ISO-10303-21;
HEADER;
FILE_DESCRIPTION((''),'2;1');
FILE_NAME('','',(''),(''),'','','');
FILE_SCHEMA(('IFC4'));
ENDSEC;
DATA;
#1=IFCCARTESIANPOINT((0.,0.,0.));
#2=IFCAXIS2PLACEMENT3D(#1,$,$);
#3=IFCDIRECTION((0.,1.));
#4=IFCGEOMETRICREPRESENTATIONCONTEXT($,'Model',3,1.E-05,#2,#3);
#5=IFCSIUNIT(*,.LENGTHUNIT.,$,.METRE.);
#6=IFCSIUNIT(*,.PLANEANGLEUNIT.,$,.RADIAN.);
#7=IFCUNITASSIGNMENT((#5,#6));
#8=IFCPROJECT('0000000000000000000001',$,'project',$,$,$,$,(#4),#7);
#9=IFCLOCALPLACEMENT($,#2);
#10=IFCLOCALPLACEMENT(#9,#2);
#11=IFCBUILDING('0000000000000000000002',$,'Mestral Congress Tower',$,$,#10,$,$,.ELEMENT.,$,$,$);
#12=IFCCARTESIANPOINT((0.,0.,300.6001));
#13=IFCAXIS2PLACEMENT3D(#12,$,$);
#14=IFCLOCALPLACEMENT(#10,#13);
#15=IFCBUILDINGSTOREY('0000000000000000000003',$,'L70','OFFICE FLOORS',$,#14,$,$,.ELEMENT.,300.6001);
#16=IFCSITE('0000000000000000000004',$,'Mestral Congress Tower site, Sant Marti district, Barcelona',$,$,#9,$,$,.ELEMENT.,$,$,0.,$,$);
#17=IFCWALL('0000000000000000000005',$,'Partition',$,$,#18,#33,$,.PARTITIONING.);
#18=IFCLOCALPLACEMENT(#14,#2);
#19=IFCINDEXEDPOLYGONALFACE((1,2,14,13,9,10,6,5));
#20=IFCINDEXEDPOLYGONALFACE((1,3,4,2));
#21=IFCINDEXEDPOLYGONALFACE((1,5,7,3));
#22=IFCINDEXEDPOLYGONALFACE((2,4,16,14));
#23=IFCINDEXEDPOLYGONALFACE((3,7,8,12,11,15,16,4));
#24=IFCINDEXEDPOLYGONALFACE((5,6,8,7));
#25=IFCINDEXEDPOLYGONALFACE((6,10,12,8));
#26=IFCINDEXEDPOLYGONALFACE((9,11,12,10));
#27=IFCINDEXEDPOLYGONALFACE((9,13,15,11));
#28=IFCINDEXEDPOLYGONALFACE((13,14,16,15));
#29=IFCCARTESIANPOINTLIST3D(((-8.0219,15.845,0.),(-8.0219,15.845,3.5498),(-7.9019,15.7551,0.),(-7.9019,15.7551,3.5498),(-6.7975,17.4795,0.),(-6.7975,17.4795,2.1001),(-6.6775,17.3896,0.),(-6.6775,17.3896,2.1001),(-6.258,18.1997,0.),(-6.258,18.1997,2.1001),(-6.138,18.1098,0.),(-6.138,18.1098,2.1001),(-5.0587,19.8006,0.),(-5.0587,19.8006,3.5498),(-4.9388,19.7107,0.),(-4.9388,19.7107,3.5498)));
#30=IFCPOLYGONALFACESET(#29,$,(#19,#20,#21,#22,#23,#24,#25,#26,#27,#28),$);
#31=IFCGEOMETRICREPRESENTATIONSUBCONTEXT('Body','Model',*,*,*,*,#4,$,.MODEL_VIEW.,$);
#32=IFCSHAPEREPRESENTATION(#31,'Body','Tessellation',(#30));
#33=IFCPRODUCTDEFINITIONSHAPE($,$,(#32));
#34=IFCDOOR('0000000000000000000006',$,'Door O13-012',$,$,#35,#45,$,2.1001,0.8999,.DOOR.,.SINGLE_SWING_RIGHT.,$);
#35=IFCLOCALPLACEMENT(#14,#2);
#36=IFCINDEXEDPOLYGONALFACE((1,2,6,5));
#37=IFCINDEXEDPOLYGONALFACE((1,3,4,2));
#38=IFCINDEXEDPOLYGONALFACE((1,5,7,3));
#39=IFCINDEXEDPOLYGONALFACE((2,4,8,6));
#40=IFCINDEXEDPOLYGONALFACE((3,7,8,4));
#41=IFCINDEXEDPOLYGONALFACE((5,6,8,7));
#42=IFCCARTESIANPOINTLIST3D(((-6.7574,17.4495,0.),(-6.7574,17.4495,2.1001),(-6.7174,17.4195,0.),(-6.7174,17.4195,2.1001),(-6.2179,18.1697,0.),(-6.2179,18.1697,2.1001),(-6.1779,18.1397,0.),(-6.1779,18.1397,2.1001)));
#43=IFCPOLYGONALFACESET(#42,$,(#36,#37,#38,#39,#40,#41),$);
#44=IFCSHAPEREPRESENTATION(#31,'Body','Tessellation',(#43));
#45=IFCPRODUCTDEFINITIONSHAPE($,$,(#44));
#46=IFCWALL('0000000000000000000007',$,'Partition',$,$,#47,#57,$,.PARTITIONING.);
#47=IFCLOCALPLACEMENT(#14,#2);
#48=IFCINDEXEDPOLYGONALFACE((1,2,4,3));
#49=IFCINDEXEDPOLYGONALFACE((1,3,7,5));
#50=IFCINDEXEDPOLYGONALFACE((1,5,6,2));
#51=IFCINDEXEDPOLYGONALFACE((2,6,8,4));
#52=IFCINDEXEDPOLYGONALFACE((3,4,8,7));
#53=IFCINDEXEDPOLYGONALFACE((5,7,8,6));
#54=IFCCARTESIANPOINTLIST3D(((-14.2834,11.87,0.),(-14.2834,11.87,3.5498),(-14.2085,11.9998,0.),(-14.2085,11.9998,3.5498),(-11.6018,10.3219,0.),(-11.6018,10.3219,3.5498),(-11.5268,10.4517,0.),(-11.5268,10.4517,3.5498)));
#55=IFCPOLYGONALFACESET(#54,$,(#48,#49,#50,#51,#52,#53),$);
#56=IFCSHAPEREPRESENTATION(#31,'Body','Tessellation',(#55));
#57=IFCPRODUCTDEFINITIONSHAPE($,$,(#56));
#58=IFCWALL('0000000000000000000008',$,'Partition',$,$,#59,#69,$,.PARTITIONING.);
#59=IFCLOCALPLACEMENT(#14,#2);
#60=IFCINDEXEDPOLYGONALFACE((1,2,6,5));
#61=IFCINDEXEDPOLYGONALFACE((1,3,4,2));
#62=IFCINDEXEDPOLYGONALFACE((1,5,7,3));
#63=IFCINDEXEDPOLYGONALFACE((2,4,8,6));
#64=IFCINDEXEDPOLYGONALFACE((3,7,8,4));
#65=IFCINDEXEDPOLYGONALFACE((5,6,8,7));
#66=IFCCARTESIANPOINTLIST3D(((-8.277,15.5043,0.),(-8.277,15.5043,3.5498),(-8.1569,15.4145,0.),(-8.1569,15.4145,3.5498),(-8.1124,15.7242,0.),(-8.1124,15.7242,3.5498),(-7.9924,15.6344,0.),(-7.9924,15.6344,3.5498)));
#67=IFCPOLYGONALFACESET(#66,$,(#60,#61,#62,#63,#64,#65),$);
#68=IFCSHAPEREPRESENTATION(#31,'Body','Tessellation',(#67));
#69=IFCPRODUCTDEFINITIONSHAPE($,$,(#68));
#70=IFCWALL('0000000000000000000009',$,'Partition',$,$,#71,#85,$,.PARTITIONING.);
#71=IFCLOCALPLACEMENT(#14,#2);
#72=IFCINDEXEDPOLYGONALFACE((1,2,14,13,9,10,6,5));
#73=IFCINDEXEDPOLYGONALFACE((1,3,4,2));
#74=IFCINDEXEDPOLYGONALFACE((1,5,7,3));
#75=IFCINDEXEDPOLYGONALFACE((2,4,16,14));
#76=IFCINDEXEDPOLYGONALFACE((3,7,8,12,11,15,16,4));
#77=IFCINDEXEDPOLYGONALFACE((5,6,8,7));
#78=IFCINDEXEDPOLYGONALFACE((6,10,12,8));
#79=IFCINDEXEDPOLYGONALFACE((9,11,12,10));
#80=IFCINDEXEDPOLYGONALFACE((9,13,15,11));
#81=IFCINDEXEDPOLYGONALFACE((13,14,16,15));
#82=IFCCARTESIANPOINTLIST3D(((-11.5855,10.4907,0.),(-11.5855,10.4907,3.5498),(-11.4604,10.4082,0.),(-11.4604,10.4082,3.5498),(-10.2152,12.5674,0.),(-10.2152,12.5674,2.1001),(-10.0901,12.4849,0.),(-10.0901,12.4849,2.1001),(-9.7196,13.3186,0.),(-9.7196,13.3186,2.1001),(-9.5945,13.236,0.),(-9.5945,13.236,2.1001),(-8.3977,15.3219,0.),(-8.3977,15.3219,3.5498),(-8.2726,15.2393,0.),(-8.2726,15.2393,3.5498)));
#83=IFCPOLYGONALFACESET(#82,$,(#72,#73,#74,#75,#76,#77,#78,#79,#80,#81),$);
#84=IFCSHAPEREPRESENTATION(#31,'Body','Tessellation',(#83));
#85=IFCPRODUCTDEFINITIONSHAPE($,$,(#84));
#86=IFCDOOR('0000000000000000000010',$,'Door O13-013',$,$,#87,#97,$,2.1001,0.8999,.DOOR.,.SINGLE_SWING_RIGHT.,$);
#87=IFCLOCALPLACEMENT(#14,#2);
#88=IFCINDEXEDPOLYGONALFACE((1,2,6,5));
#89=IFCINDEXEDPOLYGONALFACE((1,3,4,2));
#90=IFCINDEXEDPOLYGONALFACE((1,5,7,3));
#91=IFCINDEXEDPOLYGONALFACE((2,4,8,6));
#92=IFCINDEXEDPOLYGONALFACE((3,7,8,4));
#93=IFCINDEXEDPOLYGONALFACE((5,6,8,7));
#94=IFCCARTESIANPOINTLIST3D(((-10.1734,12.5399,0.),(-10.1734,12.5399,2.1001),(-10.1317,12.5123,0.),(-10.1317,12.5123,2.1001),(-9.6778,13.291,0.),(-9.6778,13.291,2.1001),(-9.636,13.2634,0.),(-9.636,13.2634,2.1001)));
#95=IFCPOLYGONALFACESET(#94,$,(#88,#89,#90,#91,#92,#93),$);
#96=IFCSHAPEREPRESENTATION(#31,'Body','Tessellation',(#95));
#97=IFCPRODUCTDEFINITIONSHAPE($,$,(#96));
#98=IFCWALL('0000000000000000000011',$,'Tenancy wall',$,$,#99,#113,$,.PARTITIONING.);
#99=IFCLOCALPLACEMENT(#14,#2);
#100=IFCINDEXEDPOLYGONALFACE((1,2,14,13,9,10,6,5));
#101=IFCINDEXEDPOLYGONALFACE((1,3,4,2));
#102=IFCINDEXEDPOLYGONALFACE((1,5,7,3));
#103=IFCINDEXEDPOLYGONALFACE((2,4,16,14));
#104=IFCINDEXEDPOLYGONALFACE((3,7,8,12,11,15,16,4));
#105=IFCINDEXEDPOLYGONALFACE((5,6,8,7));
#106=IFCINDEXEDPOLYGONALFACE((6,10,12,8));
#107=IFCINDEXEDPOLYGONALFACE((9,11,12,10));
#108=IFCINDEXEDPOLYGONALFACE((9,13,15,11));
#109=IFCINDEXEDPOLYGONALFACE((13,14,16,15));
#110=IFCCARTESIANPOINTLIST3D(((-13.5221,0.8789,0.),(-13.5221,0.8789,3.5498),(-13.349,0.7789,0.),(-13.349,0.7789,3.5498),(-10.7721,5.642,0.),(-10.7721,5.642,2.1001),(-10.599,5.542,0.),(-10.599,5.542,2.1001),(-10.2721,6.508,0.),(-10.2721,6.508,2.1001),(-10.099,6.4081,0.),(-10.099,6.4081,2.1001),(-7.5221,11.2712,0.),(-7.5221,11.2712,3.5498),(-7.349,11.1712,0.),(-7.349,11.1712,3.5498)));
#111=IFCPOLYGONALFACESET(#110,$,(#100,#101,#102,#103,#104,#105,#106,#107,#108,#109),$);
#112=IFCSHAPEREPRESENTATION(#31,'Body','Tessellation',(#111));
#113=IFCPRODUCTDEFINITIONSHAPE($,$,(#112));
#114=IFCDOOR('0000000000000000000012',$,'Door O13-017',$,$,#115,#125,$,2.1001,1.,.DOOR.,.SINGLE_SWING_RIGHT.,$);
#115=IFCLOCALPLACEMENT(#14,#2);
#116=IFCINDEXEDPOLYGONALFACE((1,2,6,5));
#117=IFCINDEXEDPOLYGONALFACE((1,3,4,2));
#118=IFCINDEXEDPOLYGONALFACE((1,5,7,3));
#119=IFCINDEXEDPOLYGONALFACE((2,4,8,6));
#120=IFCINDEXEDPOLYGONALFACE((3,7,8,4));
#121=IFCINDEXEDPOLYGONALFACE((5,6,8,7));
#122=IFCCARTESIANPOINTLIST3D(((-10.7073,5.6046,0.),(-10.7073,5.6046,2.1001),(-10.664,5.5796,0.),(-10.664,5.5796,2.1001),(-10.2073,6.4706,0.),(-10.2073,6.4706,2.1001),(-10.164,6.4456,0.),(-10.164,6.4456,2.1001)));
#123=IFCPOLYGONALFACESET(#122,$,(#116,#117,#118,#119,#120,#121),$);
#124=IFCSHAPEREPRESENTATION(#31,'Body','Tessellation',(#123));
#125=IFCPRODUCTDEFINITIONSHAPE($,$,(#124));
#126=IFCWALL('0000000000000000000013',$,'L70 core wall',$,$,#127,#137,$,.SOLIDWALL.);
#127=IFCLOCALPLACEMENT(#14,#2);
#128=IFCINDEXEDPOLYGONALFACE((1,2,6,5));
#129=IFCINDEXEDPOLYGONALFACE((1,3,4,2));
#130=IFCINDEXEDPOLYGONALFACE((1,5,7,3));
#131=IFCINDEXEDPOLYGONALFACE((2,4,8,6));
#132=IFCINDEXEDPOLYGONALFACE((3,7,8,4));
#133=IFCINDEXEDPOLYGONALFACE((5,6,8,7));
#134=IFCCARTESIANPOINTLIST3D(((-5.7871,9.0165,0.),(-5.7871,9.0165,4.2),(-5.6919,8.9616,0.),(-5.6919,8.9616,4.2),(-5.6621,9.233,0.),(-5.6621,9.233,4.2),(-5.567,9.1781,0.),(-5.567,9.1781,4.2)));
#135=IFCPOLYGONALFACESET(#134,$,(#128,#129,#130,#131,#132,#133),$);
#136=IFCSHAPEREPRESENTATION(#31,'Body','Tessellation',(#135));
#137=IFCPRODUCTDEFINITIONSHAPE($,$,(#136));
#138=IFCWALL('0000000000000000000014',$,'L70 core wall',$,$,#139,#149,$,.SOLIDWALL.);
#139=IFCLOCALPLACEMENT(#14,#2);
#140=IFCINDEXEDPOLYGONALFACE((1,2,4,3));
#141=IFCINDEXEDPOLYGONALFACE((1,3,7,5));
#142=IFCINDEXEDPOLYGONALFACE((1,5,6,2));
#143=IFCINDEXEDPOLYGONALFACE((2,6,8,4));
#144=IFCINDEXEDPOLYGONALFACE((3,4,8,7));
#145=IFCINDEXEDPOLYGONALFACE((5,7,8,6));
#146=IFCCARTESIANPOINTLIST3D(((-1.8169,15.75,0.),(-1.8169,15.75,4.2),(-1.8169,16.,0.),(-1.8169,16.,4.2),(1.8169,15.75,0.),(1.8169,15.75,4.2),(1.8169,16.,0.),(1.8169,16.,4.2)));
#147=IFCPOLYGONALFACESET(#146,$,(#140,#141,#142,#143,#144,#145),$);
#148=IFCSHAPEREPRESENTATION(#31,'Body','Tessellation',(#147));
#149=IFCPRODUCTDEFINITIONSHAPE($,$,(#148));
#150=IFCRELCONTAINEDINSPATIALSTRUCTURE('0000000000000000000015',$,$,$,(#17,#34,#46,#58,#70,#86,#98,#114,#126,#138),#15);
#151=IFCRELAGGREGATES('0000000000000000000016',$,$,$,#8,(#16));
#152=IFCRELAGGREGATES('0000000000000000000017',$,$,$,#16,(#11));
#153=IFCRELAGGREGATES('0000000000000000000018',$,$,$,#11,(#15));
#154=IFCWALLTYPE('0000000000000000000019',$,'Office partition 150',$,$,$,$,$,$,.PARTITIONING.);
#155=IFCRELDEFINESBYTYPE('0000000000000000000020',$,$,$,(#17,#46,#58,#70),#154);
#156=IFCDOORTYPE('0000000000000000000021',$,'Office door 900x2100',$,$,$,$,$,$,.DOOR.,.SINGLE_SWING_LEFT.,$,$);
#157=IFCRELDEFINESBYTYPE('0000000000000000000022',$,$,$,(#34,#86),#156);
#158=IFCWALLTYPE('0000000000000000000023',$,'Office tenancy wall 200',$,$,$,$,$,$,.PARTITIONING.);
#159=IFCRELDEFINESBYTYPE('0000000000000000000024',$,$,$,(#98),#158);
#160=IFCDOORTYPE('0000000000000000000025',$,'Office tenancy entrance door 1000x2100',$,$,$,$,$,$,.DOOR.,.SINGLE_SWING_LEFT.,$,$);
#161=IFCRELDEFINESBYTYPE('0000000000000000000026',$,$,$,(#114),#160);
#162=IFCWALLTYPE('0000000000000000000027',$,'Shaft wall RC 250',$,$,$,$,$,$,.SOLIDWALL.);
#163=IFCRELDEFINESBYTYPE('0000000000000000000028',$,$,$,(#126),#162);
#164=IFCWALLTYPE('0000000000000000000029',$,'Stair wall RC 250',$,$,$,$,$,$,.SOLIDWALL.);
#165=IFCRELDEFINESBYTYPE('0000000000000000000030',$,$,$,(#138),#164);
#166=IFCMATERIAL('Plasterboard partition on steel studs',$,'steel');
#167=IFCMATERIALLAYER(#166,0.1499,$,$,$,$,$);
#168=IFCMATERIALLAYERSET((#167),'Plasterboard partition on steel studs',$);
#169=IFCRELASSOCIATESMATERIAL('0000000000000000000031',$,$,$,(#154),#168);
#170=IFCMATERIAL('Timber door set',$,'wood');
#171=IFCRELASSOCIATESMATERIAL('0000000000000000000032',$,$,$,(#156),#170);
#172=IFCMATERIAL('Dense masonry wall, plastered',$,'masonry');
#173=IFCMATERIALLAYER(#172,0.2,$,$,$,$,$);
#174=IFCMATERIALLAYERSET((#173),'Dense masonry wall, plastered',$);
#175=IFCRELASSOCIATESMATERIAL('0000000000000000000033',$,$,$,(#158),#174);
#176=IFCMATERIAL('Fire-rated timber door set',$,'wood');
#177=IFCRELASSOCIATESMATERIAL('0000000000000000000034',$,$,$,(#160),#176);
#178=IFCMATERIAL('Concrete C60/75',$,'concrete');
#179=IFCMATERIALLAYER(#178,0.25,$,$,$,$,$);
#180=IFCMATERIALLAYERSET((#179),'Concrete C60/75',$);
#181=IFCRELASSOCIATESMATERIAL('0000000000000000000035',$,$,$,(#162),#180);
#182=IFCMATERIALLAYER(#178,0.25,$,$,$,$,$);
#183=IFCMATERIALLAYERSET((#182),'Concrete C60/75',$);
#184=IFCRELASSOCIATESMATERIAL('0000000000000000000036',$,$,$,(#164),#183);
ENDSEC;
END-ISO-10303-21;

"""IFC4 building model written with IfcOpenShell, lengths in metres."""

from ifc_helpers import new_model, si_unit, direction, frame, frame_2d, origin, place, context, subcontext, project, spatial, rectangle, extrude, material, layer, layer_set, type_object, element, fill, save


model = new_model("IFC4")

# Units and contexts
model_context = context("Model", 3, precision=1e-05, world=origin(), true_north=direction((0.0, 1.0)))
body_context = subcontext(model_context, "Body", "Model", "MODEL_VIEW")
ifc_project = project(units=[si_unit("LENGTHUNIT", "METRE"), si_unit("PLANEANGLEUNIT", "RADIAN")], contexts=[model_context])

# Site, building, storey
site_placement = place(None, origin())
site = spatial("IfcSite", under=ifc_project, at=site_placement, Name="Mestral Congress Tower site, Sant Marti district, Barcelona", CompositionType="ELEMENT", RefElevation=0.0)
building_placement = place(site_placement, origin())
building = spatial("IfcBuilding", under=site, at=building_placement, Name="Mestral Congress Tower", CompositionType="ELEMENT")
storey_placement = place(building_placement, frame((0.0, 0.0, 300.6001)))
storey = spatial("IfcBuildingStorey", under=building, at=storey_placement, Name="L70", Description="OFFICE FLOORS", CompositionType="ELEMENT", Elevation=300.6001)

# Shared definitions
ifc_material_1 = material(Name="Concrete C60/75", Category="concrete")

# Shared definitions
ifc_material_2 = material(Name="Plasterboard partition on steel studs", Category="steel")
ifc_layer_1 = layer(ifc_material_2, 0.1499)
ifc_layer_set_1 = layer_set([ifc_layer_1], Name="Plasterboard partition on steel studs")
wall_type_1 = type_object("IfcWallType", Name="Office partition 150", PredefinedType="PARTITIONING", material=ifc_layer_set_1)

# Wall, opening, door
wall_1_placement = place(storey_placement, frame((-7.9619, 15.8, 0.0), z_axis=(0.0, 0.0, 1.0), x_axis=(0.599541, 0.800344, 0.0)))
wall_1 = element("IfcWall", 1, at=wall_1_placement, inside=storey, type_object=wall_type_1, Name="Partition", PredefinedType="PARTITIONING", context=body_context, shape_type="SweptSolid", body=[
    extrude(rectangle(XDim=4.9424, YDim=0.1499, at=frame_2d((2.4712, 0.0))), origin(), (0.0, 0.0, 1.0), 3.5498),
])
opening_1_placement = place(wall_1_placement, frame((2.0422, 0.0, 0.0)))
opening_1 = element("IfcOpeningElement", 2, at=opening_1_placement, cuts=wall_1, PredefinedType="OPENING", context=body_context, shape_type="SweptSolid", body=[
    extrude(rectangle(XDim=0.8999, YDim=2.1001, at=frame_2d((0.45, 1.05))), frame((0.0, 0.085, 0.0), z_axis=(0.0, -1.0, 0.0), x_axis=(1.0, 0.0, 0.0)), (0.0, 0.0, 1.0), 0.1699),
])
ifc_material_3 = material(Name="Timber door set", Category="wood")
door_type_1 = type_object("IfcDoorType", Name="Office door 900x2100", OperationType="SINGLE_SWING_LEFT", PredefinedType="DOOR", material=ifc_material_3)
door_1_placement = place(opening_1_placement, origin())
door_1 = element("IfcDoor", 3, at=door_1_placement, inside=storey, type_object=door_type_1, Name="Door O13-012", OperationType="SINGLE_SWING_RIGHT", OverallHeight=2.1001, OverallWidth=0.8999, PredefinedType="DOOR", context=body_context, shape_type="SweptSolid", body=[
    extrude(rectangle(XDim=0.8999, YDim=2.1001, at=frame_2d((0.45, 1.05))), frame((0.0, 0.0249, 0.0), z_axis=(0.0, -1.0, 0.0), x_axis=(1.0, 0.0, 0.0)), (0.0, 0.0, 1.0), 0.05),
])
fill(opening_1, door_1)

# Walls
wall_2_placement = place(storey_placement, frame((-11.5642, 10.3867, 0.0), z_axis=(0.0, 0.0, 1.0), x_axis=(-0.866046, 0.499964, 0.0)))
element("IfcWall", 4, at=wall_2_placement, inside=storey, type_object=wall_type_1, Name="Partition", PredefinedType="PARTITIONING", context=body_context, shape_type="SweptSolid", body=[
    extrude(rectangle(XDim=3.0964, YDim=0.1499, at=frame_2d((1.5483, 0.0))), origin(), (0.0, 0.0, 1.0), 3.5498),
])
wall_3_placement = place(storey_placement, frame((-8.0525, 15.6792, 0.0), z_axis=(0.0, 0.0, 1.0), x_axis=(-0.599004, -0.800746, 0.0)))
element("IfcWall", 5, at=wall_3_placement, inside=storey, type_object=wall_type_1, Name="Partition", PredefinedType="PARTITIONING", context=body_context, shape_type="SweptSolid", body=[
    extrude(rectangle(XDim=0.2747, YDim=0.1499, at=frame_2d((0.1372, 0.0))), origin(), (0.0, 0.0, 1.0), 3.5498),
])

# Walls, openings, doors
wall_4_placement = place(storey_placement, frame((-11.5229, 10.4495, 0.0), z_axis=(0.0, 0.0, 1.0), x_axis=(0.550752, 0.834669, 0.0)))
wall_4 = element("IfcWall", 6, at=wall_4_placement, inside=storey, type_object=wall_type_1, Name="Partition", PredefinedType="PARTITIONING", context=body_context, shape_type="SweptSolid", body=[
    extrude(rectangle(XDim=5.7881, YDim=0.1499, at=frame_2d((2.894, 0.0))), origin(), (0.0, 0.0, 1.0), 3.5498),
])
opening_2_placement = place(wall_4_placement, frame((2.488, 0.0, 0.0)))
opening_2 = element("IfcOpeningElement", 7, at=opening_2_placement, cuts=wall_4, PredefinedType="OPENING", context=body_context, shape_type="SweptSolid", body=[
    extrude(rectangle(XDim=0.8999, YDim=2.1001, at=frame_2d((0.45, 1.05))), frame((0.0, 0.085, 0.0), z_axis=(0.0, -1.0, 0.0), x_axis=(1.0, 0.0, 0.0)), (0.0, 0.0, 1.0), 0.1699),
])
door_2_placement = place(opening_2_placement, origin())
door_2 = element("IfcDoor", 8, at=door_2_placement, inside=storey, type_object=door_type_1, Name="Door O13-013", OperationType="SINGLE_SWING_RIGHT", OverallHeight=2.1001, OverallWidth=0.8999, PredefinedType="DOOR", context=body_context, shape_type="SweptSolid", body=[
    extrude(rectangle(XDim=0.8999, YDim=2.1001, at=frame_2d((0.45, 1.05))), frame((0.0, 0.0249, 0.0), z_axis=(0.0, -1.0, 0.0), x_axis=(1.0, 0.0, 0.0)), (0.0, 0.0, 1.0), 0.05),
])
fill(opening_2, door_2)
ifc_material_4 = material(Name="Dense masonry wall, plastered", Category="masonry")
ifc_layer_2 = layer(ifc_material_4, 0.2)
ifc_layer_set_2 = layer_set([ifc_layer_2], Name="Dense masonry wall, plastered")
wall_type_2 = type_object("IfcWallType", Name="Office tenancy wall 200", PredefinedType="PARTITIONING", material=ifc_layer_set_2)
wall_5_placement = place(storey_placement, frame((-7.4355, 11.2212, 0.0), z_axis=(0.0, 0.0, 1.0), x_axis=(-0.499999, -0.866026, 0.0)))
wall_5 = element("IfcWall", 9, at=wall_5_placement, inside=storey, type_object=wall_type_2, Name="Tenancy wall", PredefinedType="PARTITIONING", context=body_context, shape_type="SweptSolid", body=[
    extrude(rectangle(XDim=12.0, YDim=0.2, at=frame_2d((6.0, 0.0))), origin(), (0.0, 0.0, 1.0), 3.5498),
])
opening_3_placement = place(wall_5_placement, frame((5.5, 0.0, 0.0)))
opening_3 = element("IfcOpeningElement", 10, at=opening_3_placement, cuts=wall_5, PredefinedType="OPENING", context=body_context, shape_type="SweptSolid", body=[
    extrude(rectangle(XDim=1.0, YDim=2.1001, at=frame_2d((0.5, 1.05))), frame((0.0, 0.1099, 0.0), z_axis=(0.0, -1.0, 0.0), x_axis=(1.0, 0.0, 0.0)), (0.0, 0.0, 1.0), 0.22),
])
ifc_material_5 = material(Name="Fire-rated timber door set", Category="wood")
door_type_2 = type_object("IfcDoorType", Name="Office tenancy entrance door 1000x2100", OperationType="SINGLE_SWING_LEFT", PredefinedType="DOOR", material=ifc_material_5)
door_3_placement = place(opening_3_placement, origin())
door_3 = element("IfcDoor", 11, at=door_3_placement, inside=storey, type_object=door_type_2, Name="Door O13-017", OperationType="SINGLE_SWING_RIGHT", OverallHeight=2.1001, OverallWidth=1.0, PredefinedType="DOOR", context=body_context, shape_type="SweptSolid", body=[
    extrude(rectangle(XDim=1.0, YDim=2.1001, at=frame_2d((0.5, 1.05))), frame((0.0, 0.0249, 0.0), z_axis=(0.0, -1.0, 0.0), x_axis=(1.0, 0.0, 0.0)), (0.0, 0.0, 1.0), 0.05),
])
fill(opening_3, door_3)

# Walls
ifc_layer_3 = layer(ifc_material_1, 0.25)
ifc_layer_set_3 = layer_set([ifc_layer_3], Name="Concrete C60/75")
wall_type_3 = type_object("IfcWallType", Name="Shaft wall RC 250", PredefinedType="SOLIDWALL", material=ifc_layer_set_3)
wall_6_placement = place(storey_placement, frame((-5.7246, 9.1248, 0.0), z_axis=(0.0, 0.0, 1.0), x_axis=(0.866186, -0.499722, 0.0)))
element("IfcWall", 12, at=wall_6_placement, inside=storey, type_object=wall_type_3, Name="L70 core wall", PredefinedType="SOLIDWALL", context=body_context, shape_type="SweptSolid", body=[
    extrude(rectangle(XDim=0.1099, YDim=0.25, at=frame_2d((0.0549, 0.0))), origin(), (0.0, 0.0, 1.0), 4.2),
])
ifc_layer_4 = layer(ifc_material_1, 0.25)
ifc_layer_set_4 = layer_set([ifc_layer_4], Name="Concrete C60/75")
wall_type_4 = type_object("IfcWallType", Name="Stair wall RC 250", PredefinedType="SOLIDWALL", material=ifc_layer_set_4)
wall_7_placement = place(storey_placement, frame((-1.8169, 15.875, 0.0), z_axis=(0.0, 0.0, 1.0), x_axis=(1.0, 0.0, 0.0)))
element("IfcWall", 13, at=wall_7_placement, inside=storey, type_object=wall_type_4, Name="L70 core wall", PredefinedType="SOLIDWALL", context=body_context, shape_type="SweptSolid", body=[
    extrude(rectangle(XDim=3.6338, YDim=0.25, at=frame_2d((1.8169, 0.0))), origin(), (0.0, 0.0, 1.0), 4.2),
])

save(model, "model.ifc")
